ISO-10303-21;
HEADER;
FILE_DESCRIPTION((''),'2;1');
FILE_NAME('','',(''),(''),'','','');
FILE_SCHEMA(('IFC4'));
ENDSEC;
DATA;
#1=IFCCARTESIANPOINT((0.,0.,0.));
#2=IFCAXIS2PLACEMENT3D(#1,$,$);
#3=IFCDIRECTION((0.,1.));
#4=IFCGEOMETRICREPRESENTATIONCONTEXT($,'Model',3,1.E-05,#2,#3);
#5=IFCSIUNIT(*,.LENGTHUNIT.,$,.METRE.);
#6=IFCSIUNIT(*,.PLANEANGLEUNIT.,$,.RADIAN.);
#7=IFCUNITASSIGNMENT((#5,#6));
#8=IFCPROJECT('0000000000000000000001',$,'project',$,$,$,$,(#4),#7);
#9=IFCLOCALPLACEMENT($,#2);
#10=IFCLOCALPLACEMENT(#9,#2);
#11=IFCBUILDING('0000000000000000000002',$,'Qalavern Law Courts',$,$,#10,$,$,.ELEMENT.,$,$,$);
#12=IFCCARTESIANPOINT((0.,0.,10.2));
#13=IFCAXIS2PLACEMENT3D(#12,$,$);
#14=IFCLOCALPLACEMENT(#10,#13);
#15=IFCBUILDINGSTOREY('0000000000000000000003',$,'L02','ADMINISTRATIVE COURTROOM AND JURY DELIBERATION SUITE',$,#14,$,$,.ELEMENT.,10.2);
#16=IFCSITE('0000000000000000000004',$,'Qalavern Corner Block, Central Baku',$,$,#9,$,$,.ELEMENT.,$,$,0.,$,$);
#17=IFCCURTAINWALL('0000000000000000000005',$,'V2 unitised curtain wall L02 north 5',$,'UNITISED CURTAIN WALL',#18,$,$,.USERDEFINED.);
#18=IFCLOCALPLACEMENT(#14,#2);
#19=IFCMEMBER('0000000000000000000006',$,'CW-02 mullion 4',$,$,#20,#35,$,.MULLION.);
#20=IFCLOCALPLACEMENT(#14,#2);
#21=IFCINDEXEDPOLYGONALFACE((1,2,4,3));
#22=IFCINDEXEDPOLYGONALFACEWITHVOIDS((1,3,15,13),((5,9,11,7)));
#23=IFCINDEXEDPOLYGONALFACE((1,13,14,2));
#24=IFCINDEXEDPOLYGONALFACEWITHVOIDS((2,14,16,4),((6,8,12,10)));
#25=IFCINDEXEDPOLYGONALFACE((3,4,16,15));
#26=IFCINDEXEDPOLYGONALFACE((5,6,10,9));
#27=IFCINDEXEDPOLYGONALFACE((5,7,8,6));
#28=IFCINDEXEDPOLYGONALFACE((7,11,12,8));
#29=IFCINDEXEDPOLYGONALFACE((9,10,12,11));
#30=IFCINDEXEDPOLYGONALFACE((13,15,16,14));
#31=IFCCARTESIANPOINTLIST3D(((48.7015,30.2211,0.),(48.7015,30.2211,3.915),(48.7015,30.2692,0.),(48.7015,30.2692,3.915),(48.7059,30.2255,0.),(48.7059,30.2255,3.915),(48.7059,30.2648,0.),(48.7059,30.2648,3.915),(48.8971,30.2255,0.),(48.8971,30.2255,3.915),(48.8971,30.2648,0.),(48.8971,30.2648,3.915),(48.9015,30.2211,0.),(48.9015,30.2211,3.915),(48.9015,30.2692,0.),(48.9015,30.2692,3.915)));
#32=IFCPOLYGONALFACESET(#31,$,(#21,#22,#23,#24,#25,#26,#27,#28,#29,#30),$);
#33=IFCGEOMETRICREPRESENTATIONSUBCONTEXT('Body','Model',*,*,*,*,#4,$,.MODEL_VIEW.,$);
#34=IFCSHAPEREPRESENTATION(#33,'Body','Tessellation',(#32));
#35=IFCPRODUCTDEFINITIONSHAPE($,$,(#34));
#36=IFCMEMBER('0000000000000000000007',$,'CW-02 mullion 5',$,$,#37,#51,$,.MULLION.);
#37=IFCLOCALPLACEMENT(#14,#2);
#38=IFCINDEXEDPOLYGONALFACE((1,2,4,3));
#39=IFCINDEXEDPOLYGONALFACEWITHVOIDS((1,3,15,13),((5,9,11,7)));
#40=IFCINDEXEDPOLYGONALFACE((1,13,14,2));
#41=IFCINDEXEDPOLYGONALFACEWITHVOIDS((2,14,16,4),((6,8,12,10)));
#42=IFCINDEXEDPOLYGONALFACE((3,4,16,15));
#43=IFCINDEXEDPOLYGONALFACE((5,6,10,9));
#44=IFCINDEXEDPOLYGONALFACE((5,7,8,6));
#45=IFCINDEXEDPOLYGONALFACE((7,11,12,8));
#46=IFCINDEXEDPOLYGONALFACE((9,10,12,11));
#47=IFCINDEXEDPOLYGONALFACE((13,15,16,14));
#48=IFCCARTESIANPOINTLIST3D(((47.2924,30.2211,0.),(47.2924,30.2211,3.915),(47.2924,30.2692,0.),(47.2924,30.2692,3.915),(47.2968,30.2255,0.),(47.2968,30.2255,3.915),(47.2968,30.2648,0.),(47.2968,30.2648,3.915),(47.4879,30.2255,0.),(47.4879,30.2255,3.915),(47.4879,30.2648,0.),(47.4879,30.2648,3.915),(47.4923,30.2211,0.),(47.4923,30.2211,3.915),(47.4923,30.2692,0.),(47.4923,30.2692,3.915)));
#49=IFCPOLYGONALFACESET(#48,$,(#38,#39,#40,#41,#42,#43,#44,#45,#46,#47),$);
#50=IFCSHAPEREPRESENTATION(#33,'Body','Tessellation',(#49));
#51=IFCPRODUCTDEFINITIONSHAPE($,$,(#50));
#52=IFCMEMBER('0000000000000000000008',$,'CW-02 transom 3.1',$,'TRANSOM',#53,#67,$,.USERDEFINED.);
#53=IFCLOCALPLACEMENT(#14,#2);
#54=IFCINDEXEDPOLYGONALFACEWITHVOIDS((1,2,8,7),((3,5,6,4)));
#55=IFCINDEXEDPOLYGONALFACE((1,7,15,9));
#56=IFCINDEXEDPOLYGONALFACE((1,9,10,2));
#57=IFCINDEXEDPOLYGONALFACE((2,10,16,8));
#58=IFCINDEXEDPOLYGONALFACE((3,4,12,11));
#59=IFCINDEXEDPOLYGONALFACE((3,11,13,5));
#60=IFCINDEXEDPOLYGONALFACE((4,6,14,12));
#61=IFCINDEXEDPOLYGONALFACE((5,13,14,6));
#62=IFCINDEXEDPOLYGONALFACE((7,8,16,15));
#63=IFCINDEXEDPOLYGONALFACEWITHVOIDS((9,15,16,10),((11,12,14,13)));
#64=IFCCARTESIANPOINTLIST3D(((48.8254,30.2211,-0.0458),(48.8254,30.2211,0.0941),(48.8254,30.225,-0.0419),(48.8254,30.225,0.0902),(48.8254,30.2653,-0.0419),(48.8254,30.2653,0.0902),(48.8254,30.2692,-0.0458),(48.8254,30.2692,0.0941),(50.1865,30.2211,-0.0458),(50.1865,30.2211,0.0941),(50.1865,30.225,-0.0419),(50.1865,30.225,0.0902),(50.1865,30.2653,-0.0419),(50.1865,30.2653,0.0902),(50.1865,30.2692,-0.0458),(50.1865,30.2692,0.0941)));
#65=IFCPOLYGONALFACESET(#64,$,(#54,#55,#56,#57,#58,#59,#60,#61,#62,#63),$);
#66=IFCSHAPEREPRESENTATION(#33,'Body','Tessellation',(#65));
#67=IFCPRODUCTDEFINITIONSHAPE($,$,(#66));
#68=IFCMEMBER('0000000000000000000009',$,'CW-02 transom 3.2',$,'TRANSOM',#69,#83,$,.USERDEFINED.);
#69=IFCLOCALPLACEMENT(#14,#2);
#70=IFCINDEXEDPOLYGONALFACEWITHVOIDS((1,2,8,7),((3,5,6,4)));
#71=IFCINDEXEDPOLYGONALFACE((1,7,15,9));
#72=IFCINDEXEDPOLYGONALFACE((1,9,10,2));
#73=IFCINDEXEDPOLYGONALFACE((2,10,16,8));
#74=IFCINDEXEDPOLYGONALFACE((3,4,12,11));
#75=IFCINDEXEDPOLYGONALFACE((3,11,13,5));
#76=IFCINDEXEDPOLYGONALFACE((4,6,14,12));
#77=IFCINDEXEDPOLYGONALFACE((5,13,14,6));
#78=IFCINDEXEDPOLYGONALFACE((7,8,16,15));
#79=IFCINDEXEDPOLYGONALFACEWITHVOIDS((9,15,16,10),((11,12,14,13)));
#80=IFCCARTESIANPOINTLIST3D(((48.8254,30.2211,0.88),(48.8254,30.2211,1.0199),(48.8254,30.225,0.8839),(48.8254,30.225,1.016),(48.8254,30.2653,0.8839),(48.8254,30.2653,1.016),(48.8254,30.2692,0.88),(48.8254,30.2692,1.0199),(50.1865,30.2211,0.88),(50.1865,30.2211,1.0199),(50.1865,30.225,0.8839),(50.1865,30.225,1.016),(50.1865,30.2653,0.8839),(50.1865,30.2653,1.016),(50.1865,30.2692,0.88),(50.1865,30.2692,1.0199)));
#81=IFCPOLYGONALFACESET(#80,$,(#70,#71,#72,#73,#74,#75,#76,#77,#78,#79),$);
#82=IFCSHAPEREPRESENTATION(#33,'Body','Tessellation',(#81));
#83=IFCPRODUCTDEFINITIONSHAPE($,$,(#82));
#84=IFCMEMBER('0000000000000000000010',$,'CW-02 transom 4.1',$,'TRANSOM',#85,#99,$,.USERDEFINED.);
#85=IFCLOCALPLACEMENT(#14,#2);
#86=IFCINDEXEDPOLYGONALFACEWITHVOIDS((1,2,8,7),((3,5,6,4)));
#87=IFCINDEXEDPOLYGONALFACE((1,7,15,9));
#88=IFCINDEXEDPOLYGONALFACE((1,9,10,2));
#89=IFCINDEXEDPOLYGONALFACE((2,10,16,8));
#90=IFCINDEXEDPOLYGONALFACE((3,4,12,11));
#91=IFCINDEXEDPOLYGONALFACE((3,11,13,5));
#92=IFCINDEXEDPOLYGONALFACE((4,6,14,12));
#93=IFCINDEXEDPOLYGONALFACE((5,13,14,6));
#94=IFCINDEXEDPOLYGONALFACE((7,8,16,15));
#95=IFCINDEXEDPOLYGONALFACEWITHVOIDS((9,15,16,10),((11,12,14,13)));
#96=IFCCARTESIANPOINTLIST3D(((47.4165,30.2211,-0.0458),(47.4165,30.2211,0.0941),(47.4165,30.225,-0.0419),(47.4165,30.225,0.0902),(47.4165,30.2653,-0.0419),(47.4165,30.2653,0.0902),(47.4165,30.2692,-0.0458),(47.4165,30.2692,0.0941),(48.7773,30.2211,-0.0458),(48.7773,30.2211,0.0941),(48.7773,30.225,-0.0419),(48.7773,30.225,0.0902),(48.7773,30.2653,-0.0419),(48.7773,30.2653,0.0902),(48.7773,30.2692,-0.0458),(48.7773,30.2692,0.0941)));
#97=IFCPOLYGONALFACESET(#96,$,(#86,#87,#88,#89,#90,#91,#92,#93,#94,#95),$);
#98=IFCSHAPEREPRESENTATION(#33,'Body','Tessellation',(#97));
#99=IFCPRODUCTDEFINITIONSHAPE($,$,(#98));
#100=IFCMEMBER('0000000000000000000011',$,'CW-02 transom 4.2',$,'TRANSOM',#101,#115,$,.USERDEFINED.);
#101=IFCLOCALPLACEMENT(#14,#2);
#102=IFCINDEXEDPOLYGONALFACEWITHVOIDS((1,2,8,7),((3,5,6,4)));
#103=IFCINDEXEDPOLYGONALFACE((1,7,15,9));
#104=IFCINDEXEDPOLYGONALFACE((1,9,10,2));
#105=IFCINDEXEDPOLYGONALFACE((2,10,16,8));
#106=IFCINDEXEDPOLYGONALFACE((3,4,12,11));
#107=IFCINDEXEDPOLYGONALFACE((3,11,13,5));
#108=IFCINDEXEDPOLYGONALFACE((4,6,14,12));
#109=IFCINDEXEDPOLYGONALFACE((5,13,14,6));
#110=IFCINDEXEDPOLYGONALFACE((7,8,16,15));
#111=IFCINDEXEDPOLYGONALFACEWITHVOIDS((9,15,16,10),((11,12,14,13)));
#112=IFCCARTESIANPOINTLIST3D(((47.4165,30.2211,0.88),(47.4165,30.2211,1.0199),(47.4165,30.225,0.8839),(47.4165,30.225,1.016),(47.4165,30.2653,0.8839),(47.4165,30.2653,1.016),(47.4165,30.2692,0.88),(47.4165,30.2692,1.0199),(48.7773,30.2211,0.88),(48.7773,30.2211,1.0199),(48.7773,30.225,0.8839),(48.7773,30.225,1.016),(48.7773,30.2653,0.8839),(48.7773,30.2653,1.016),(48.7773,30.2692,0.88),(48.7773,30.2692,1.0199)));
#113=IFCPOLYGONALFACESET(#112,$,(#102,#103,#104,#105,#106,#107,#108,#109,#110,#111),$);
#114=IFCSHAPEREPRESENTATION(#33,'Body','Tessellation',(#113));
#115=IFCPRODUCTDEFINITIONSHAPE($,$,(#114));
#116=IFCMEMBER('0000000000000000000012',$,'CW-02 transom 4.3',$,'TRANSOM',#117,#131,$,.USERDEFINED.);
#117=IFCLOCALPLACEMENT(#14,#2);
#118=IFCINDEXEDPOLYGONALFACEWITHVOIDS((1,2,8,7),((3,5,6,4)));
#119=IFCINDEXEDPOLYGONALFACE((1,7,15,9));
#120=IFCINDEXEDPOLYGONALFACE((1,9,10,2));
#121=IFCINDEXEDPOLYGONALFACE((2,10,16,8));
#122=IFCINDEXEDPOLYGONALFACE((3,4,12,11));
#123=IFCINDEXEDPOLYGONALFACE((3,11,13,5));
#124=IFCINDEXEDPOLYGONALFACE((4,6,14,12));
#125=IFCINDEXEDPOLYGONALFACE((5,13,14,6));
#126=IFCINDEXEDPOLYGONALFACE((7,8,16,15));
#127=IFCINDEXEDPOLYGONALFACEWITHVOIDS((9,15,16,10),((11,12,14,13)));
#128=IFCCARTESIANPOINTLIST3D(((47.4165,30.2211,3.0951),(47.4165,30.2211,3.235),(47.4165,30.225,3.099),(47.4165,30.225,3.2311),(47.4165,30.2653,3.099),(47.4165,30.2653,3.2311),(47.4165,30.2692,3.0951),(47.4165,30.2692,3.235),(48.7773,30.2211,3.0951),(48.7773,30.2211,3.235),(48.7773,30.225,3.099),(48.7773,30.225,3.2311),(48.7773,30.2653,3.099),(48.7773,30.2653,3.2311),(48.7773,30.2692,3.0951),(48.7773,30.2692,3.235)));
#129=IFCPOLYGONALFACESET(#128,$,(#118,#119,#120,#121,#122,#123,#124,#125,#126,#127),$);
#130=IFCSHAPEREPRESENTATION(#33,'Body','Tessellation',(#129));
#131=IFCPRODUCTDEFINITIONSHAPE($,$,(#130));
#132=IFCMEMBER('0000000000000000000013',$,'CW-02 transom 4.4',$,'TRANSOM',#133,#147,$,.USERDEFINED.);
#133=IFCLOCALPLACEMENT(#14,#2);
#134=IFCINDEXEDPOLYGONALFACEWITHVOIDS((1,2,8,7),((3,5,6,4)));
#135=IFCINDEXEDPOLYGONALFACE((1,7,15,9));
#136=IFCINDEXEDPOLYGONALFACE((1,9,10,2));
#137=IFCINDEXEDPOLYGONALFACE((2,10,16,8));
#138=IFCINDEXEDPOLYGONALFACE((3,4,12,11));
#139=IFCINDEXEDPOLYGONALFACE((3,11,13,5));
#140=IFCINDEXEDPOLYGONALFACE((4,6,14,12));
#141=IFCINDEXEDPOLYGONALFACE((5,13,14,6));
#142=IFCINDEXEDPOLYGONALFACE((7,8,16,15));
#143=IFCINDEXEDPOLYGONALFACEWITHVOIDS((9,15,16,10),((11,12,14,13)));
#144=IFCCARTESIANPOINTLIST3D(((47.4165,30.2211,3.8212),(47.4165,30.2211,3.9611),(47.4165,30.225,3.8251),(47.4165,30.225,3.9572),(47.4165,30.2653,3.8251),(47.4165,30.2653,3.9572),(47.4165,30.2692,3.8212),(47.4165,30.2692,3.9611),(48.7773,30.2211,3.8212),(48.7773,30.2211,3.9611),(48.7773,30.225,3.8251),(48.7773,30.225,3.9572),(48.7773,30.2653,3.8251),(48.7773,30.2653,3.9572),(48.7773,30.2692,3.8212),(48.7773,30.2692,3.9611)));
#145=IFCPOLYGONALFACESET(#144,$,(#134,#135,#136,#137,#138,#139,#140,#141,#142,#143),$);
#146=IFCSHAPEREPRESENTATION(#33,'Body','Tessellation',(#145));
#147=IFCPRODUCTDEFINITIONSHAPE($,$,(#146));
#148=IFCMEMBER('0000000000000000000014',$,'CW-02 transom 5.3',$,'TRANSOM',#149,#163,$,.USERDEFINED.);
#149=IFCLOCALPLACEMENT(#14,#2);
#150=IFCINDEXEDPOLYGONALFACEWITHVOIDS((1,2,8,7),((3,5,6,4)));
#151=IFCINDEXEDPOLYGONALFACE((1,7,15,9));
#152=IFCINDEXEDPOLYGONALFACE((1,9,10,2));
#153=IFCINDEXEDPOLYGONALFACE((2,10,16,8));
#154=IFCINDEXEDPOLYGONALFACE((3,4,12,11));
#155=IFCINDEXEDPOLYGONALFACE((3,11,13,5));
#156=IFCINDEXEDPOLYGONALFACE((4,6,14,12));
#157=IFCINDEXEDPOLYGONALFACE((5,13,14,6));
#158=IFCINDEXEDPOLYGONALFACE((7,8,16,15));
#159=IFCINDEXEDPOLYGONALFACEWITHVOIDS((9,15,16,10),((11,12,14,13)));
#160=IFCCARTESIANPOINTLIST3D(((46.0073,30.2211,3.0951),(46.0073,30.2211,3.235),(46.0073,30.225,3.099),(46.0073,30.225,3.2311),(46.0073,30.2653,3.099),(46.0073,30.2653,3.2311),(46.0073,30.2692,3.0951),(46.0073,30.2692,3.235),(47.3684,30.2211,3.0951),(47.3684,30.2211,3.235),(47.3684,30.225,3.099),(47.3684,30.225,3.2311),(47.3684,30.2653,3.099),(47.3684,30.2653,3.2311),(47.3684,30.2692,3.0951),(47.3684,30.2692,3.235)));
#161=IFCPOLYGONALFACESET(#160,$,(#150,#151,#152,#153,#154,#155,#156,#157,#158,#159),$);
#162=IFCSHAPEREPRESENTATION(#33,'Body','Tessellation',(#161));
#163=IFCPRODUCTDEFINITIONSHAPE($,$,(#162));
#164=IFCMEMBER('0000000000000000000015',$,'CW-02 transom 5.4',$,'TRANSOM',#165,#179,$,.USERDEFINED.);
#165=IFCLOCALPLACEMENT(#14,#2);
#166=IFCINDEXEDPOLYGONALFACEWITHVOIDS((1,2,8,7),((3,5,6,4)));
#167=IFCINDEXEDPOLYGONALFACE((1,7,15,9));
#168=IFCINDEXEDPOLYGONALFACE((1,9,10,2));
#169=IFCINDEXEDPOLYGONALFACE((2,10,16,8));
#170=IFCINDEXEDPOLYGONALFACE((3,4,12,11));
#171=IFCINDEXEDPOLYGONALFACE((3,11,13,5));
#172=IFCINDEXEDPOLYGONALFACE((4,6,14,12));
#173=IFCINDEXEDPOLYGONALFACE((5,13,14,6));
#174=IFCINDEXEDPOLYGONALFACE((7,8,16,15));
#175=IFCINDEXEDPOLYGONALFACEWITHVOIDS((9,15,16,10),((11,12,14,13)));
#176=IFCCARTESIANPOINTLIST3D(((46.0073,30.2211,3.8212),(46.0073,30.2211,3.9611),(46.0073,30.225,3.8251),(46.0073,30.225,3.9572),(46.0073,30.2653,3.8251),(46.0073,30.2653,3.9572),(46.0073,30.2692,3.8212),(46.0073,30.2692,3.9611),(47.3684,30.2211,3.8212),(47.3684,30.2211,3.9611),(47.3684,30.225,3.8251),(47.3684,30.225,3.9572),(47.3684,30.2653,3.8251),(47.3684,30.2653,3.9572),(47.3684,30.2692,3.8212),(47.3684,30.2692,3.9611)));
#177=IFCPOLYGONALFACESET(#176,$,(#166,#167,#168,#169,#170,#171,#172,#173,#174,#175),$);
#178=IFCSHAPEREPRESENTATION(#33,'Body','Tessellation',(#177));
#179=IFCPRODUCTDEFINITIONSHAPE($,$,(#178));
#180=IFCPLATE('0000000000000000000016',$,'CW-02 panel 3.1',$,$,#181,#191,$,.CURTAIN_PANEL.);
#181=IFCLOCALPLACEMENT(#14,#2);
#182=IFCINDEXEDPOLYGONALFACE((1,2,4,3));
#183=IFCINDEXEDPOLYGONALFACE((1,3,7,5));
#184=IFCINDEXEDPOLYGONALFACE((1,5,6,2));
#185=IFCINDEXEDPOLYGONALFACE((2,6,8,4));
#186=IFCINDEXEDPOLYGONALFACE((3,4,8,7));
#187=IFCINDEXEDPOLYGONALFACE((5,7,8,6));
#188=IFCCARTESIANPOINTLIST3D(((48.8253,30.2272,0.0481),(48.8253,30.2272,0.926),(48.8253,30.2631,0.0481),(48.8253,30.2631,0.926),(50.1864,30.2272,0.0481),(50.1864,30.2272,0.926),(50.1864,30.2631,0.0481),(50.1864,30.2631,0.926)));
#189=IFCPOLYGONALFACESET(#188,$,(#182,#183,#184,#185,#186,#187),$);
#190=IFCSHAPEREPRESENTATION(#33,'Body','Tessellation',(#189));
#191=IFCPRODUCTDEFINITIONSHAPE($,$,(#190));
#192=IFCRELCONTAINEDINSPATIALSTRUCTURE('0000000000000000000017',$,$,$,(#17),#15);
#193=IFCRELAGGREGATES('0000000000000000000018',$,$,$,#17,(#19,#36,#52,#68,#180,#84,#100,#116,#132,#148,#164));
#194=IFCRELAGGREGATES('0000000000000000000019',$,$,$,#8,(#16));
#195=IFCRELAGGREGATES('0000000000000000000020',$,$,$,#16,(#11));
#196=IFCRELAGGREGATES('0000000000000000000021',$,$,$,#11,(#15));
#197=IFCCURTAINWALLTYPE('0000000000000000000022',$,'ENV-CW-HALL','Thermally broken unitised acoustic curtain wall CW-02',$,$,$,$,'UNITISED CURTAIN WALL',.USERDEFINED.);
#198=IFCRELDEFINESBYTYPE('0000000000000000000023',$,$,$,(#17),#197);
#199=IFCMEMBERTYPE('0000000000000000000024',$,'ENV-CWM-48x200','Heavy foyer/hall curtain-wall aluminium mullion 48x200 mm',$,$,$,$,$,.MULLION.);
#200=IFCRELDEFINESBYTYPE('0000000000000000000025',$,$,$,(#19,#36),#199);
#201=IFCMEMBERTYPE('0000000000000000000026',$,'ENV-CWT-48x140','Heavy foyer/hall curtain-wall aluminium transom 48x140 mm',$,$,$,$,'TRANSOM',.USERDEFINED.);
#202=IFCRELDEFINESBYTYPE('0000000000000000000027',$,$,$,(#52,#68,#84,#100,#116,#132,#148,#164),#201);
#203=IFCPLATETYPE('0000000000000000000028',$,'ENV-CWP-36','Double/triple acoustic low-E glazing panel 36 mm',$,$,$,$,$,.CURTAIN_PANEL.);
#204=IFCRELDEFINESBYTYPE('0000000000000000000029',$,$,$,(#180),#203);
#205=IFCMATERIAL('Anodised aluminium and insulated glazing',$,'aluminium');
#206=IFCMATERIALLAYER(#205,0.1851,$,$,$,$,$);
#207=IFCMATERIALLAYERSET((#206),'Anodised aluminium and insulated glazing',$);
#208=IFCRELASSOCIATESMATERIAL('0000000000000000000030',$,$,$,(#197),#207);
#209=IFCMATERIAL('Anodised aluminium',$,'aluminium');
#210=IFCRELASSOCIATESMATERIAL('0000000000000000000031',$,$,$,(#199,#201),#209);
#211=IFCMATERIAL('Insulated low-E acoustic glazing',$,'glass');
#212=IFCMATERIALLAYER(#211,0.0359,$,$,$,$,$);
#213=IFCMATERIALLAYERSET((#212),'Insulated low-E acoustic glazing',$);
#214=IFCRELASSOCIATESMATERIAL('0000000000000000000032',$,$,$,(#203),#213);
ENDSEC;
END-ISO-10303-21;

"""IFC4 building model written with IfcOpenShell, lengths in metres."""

from ifc_helpers import new_model, si_unit, direction, frame, origin, origin_2d, place, context, subcontext, project, spatial, rectangle, hollow_rectangle, extrude, material, layer, layer_set, material_profile, profile_set, type_object, element, aggregate, save


model = new_model("IFC4")

# Units and contexts
model_context = context("Model", 3, precision=1e-05, world=origin(), true_north=direction((0.0, 1.0)))
body_context = subcontext(model_context, "Body", "Model", "MODEL_VIEW")
ifc_project = project(units=[si_unit("LENGTHUNIT", "METRE"), si_unit("PLANEANGLEUNIT", "RADIAN")], contexts=[model_context])

# Site, building, storey
site_placement = place(None, origin())
site = spatial("IfcSite", under=ifc_project, at=site_placement, Name="Qalavern Corner Block, Central Baku", CompositionType="ELEMENT", RefElevation=0.0)
building_placement = place(site_placement, origin())
building = spatial("IfcBuilding", under=site, at=building_placement, Name="Qalavern Law Courts", CompositionType="ELEMENT")
storey_placement = place(building_placement, frame((0.0, 0.0, 10.2)))
storey = spatial("IfcBuildingStorey", under=building, at=storey_placement, Name="L02", Description="ADMINISTRATIVE COURTROOM AND JURY DELIBERATION SUITE", CompositionType="ELEMENT", Elevation=10.2)

# Curtain wall, members, plate
ifc_material_1 = material(Name="Anodised aluminium and insulated glazing", Category="aluminium")
ifc_layer_1 = layer(ifc_material_1, 0.1851)
ifc_layer_set_1 = layer_set([ifc_layer_1], Name="Anodised aluminium and insulated glazing")
curtain_wall_type = type_object("IfcCurtainWallType", Name="ENV-CW-HALL", Description="Thermally broken unitised acoustic curtain wall CW-02", ElementType="UNITISED CURTAIN WALL", PredefinedType="USERDEFINED", material=ifc_layer_set_1)
curtain_wall_placement = place(storey_placement, origin())
curtain_wall = element("IfcCurtainWall", 1, at=curtain_wall_placement, inside=storey, type_object=curtain_wall_type, Name="V2 unitised curtain wall L02 north 5", ObjectType="UNITISED CURTAIN WALL", PredefinedType="USERDEFINED")
ifc_material_2 = material(Name="Anodised aluminium", Category="aluminium")
ifc_material_profile_1 = material_profile(ifc_material_2, hollow_rectangle(XDim=0.0481, YDim=0.2, WallThickness=0.0044, at=origin_2d()), Name="ALU MULLION 48x200")
ifc_profile_set_1 = profile_set([ifc_material_profile_1], Name="Anodised aluminium")
member_type_1 = type_object("IfcMemberType", Name="ENV-CWM-48x200", Description="Heavy foyer/hall curtain-wall aluminium mullion 48x200 mm", PredefinedType="MULLION", material=ifc_profile_set_1)
member_1_placement = place(storey_placement, frame((48.8015, 30.2451, 0.0), z_axis=(0.0, 0.0, 1.0), x_axis=(0.0, -1.0, 0.0)))
member_1 = element("IfcMember", 2, at=member_1_placement, type_object=member_type_1, Name="CW-02 mullion 4", PredefinedType="MULLION", context=body_context, shape_type="SweptSolid", body=[
    extrude(hollow_rectangle(XDim=0.0481, YDim=0.2, WallThickness=0.0044, at=origin_2d()), origin(), (0.0, 0.0, 1.0), 3.915),
])
member_2_placement = place(storey_placement, frame((47.3923, 30.2451, 0.0), z_axis=(0.0, 0.0, 1.0), x_axis=(0.0, -1.0, 0.0)))
member_2 = element("IfcMember", 3, at=member_2_placement, type_object=member_type_1, Name="CW-02 mullion 5", PredefinedType="MULLION", context=body_context, shape_type="SweptSolid", body=[
    extrude(hollow_rectangle(XDim=0.0481, YDim=0.2, WallThickness=0.0044, at=origin_2d()), origin(), (0.0, 0.0, 1.0), 3.915),
])
ifc_material_profile_2 = material_profile(ifc_material_2, hollow_rectangle(XDim=0.0481, YDim=0.1399, WallThickness=0.0039, at=origin_2d()), Name="ALU TRANSOM 48x140")
ifc_profile_set_2 = profile_set([ifc_material_profile_2], Name="Anodised aluminium")
member_type_2 = type_object("IfcMemberType", Name="ENV-CWT-48x140", Description="Heavy foyer/hall curtain-wall aluminium transom 48x140 mm", ElementType="TRANSOM", PredefinedType="USERDEFINED", material=ifc_profile_set_2)
member_3_placement = place(storey_placement, frame((50.1865, 30.2451, 0.0242), z_axis=(-1.0, 0.0, 0.0), x_axis=(0.0, -1.0, 0.0)))
member_3 = element("IfcMember", 4, at=member_3_placement, type_object=member_type_2, Name="CW-02 transom 3.1", ObjectType="TRANSOM", PredefinedType="USERDEFINED", context=body_context, shape_type="SweptSolid", body=[
    extrude(hollow_rectangle(XDim=0.0481, YDim=0.1399, WallThickness=0.0039, at=origin_2d()), origin(), (0.0, 0.0, 1.0), 1.3611),
])
member_4_placement = place(storey_placement, frame((50.1865, 30.2451, 0.95), z_axis=(-1.0, 0.0, 0.0), x_axis=(0.0, -1.0, 0.0)))
member_4 = element("IfcMember", 5, at=member_4_placement, type_object=member_type_2, Name="CW-02 transom 3.2", ObjectType="TRANSOM", PredefinedType="USERDEFINED", context=body_context, shape_type="SweptSolid", body=[
    extrude(hollow_rectangle(XDim=0.0481, YDim=0.1399, WallThickness=0.0039, at=origin_2d()), origin(), (0.0, 0.0, 1.0), 1.3611),
])
member_5_placement = place(storey_placement, frame((48.7773, 30.2451, 0.0242), z_axis=(-1.0, 0.0, 0.0), x_axis=(0.0, -1.0, 0.0)))
member_5 = element("IfcMember", 6, at=member_5_placement, type_object=member_type_2, Name="CW-02 transom 4.1", ObjectType="TRANSOM", PredefinedType="USERDEFINED", context=body_context, shape_type="SweptSolid", body=[
    extrude(hollow_rectangle(XDim=0.0481, YDim=0.1399, WallThickness=0.0039, at=origin_2d()), origin(), (0.0, 0.0, 1.0), 1.3608),
])
member_6_placement = place(storey_placement, frame((48.7773, 30.2451, 0.95), z_axis=(-1.0, 0.0, 0.0), x_axis=(0.0, -1.0, 0.0)))
member_6 = element("IfcMember", 7, at=member_6_placement, type_object=member_type_2, Name="CW-02 transom 4.2", ObjectType="TRANSOM", PredefinedType="USERDEFINED", context=body_context, shape_type="SweptSolid", body=[
    extrude(hollow_rectangle(XDim=0.0481, YDim=0.1399, WallThickness=0.0039, at=origin_2d()), origin(), (0.0, 0.0, 1.0), 1.3608),
])
member_7_placement = place(storey_placement, frame((48.7773, 30.2451, 3.165), z_axis=(-1.0, 0.0, 0.0), x_axis=(0.0, -1.0, 0.0)))
member_7 = element("IfcMember", 8, at=member_7_placement, type_object=member_type_2, Name="CW-02 transom 4.3", ObjectType="TRANSOM", PredefinedType="USERDEFINED", context=body_context, shape_type="SweptSolid", body=[
    extrude(hollow_rectangle(XDim=0.0481, YDim=0.1399, WallThickness=0.0039, at=origin_2d()), origin(), (0.0, 0.0, 1.0), 1.3608),
])
member_8_placement = place(storey_placement, frame((48.7773, 30.2451, 3.8911), z_axis=(-1.0, 0.0, 0.0), x_axis=(0.0, -1.0, 0.0)))
member_8 = element("IfcMember", 9, at=member_8_placement, type_object=member_type_2, Name="CW-02 transom 4.4", ObjectType="TRANSOM", PredefinedType="USERDEFINED", context=body_context, shape_type="SweptSolid", body=[
    extrude(hollow_rectangle(XDim=0.0481, YDim=0.1399, WallThickness=0.0039, at=origin_2d()), origin(), (0.0, 0.0, 1.0), 1.3608),
])
member_9_placement = place(storey_placement, frame((47.3684, 30.2451, 3.165), z_axis=(-1.0, 0.0, 0.0), x_axis=(0.0, -1.0, 0.0)))
member_9 = element("IfcMember", 10, at=member_9_placement, type_object=member_type_2, Name="CW-02 transom 5.3", ObjectType="TRANSOM", PredefinedType="USERDEFINED", context=body_context, shape_type="SweptSolid", body=[
    extrude(hollow_rectangle(XDim=0.0481, YDim=0.1399, WallThickness=0.0039, at=origin_2d()), origin(), (0.0, 0.0, 1.0), 1.3611),
])
member_10_placement = place(storey_placement, frame((47.3684, 30.2451, 3.8911), z_axis=(-1.0, 0.0, 0.0), x_axis=(0.0, -1.0, 0.0)))
member_10 = element("IfcMember", 11, at=member_10_placement, type_object=member_type_2, Name="CW-02 transom 5.4", ObjectType="TRANSOM", PredefinedType="USERDEFINED", context=body_context, shape_type="SweptSolid", body=[
    extrude(hollow_rectangle(XDim=0.0481, YDim=0.1399, WallThickness=0.0039, at=origin_2d()), origin(), (0.0, 0.0, 1.0), 1.3611),
])
ifc_material_3 = material(Name="Insulated low-E acoustic glazing", Category="glass")
ifc_layer_2 = layer(ifc_material_3, 0.0359)
ifc_layer_set_2 = layer_set([ifc_layer_2], Name="Insulated low-E acoustic glazing")
plate_type = type_object("IfcPlateType", Name="ENV-CWP-36", Description="Double/triple acoustic low-E glazing panel 36 mm", PredefinedType="CURTAIN_PANEL", material=ifc_layer_set_2)
plate_1_placement = place(storey_placement, frame((49.5059, 30.2451, 0.0481), z_axis=(0.0, 0.0, 1.0), x_axis=(-1.0, 0.0, 0.0)))
plate_1 = element("IfcPlate", 12, at=plate_1_placement, type_object=plate_type, Name="CW-02 panel 3.1", PredefinedType="CURTAIN_PANEL", context=body_context, shape_type="SweptSolid", body=[
    extrude(rectangle(XDim=1.3611, YDim=0.0359, at=origin_2d()), origin(), (0.0, 0.0, 1.0), 0.8779),
])
aggregate(curtain_wall, [member_1, member_2, member_3, member_4, plate_1, member_5, member_6, member_7, member_8, member_9, member_10])

save(model, "model.ifc")
